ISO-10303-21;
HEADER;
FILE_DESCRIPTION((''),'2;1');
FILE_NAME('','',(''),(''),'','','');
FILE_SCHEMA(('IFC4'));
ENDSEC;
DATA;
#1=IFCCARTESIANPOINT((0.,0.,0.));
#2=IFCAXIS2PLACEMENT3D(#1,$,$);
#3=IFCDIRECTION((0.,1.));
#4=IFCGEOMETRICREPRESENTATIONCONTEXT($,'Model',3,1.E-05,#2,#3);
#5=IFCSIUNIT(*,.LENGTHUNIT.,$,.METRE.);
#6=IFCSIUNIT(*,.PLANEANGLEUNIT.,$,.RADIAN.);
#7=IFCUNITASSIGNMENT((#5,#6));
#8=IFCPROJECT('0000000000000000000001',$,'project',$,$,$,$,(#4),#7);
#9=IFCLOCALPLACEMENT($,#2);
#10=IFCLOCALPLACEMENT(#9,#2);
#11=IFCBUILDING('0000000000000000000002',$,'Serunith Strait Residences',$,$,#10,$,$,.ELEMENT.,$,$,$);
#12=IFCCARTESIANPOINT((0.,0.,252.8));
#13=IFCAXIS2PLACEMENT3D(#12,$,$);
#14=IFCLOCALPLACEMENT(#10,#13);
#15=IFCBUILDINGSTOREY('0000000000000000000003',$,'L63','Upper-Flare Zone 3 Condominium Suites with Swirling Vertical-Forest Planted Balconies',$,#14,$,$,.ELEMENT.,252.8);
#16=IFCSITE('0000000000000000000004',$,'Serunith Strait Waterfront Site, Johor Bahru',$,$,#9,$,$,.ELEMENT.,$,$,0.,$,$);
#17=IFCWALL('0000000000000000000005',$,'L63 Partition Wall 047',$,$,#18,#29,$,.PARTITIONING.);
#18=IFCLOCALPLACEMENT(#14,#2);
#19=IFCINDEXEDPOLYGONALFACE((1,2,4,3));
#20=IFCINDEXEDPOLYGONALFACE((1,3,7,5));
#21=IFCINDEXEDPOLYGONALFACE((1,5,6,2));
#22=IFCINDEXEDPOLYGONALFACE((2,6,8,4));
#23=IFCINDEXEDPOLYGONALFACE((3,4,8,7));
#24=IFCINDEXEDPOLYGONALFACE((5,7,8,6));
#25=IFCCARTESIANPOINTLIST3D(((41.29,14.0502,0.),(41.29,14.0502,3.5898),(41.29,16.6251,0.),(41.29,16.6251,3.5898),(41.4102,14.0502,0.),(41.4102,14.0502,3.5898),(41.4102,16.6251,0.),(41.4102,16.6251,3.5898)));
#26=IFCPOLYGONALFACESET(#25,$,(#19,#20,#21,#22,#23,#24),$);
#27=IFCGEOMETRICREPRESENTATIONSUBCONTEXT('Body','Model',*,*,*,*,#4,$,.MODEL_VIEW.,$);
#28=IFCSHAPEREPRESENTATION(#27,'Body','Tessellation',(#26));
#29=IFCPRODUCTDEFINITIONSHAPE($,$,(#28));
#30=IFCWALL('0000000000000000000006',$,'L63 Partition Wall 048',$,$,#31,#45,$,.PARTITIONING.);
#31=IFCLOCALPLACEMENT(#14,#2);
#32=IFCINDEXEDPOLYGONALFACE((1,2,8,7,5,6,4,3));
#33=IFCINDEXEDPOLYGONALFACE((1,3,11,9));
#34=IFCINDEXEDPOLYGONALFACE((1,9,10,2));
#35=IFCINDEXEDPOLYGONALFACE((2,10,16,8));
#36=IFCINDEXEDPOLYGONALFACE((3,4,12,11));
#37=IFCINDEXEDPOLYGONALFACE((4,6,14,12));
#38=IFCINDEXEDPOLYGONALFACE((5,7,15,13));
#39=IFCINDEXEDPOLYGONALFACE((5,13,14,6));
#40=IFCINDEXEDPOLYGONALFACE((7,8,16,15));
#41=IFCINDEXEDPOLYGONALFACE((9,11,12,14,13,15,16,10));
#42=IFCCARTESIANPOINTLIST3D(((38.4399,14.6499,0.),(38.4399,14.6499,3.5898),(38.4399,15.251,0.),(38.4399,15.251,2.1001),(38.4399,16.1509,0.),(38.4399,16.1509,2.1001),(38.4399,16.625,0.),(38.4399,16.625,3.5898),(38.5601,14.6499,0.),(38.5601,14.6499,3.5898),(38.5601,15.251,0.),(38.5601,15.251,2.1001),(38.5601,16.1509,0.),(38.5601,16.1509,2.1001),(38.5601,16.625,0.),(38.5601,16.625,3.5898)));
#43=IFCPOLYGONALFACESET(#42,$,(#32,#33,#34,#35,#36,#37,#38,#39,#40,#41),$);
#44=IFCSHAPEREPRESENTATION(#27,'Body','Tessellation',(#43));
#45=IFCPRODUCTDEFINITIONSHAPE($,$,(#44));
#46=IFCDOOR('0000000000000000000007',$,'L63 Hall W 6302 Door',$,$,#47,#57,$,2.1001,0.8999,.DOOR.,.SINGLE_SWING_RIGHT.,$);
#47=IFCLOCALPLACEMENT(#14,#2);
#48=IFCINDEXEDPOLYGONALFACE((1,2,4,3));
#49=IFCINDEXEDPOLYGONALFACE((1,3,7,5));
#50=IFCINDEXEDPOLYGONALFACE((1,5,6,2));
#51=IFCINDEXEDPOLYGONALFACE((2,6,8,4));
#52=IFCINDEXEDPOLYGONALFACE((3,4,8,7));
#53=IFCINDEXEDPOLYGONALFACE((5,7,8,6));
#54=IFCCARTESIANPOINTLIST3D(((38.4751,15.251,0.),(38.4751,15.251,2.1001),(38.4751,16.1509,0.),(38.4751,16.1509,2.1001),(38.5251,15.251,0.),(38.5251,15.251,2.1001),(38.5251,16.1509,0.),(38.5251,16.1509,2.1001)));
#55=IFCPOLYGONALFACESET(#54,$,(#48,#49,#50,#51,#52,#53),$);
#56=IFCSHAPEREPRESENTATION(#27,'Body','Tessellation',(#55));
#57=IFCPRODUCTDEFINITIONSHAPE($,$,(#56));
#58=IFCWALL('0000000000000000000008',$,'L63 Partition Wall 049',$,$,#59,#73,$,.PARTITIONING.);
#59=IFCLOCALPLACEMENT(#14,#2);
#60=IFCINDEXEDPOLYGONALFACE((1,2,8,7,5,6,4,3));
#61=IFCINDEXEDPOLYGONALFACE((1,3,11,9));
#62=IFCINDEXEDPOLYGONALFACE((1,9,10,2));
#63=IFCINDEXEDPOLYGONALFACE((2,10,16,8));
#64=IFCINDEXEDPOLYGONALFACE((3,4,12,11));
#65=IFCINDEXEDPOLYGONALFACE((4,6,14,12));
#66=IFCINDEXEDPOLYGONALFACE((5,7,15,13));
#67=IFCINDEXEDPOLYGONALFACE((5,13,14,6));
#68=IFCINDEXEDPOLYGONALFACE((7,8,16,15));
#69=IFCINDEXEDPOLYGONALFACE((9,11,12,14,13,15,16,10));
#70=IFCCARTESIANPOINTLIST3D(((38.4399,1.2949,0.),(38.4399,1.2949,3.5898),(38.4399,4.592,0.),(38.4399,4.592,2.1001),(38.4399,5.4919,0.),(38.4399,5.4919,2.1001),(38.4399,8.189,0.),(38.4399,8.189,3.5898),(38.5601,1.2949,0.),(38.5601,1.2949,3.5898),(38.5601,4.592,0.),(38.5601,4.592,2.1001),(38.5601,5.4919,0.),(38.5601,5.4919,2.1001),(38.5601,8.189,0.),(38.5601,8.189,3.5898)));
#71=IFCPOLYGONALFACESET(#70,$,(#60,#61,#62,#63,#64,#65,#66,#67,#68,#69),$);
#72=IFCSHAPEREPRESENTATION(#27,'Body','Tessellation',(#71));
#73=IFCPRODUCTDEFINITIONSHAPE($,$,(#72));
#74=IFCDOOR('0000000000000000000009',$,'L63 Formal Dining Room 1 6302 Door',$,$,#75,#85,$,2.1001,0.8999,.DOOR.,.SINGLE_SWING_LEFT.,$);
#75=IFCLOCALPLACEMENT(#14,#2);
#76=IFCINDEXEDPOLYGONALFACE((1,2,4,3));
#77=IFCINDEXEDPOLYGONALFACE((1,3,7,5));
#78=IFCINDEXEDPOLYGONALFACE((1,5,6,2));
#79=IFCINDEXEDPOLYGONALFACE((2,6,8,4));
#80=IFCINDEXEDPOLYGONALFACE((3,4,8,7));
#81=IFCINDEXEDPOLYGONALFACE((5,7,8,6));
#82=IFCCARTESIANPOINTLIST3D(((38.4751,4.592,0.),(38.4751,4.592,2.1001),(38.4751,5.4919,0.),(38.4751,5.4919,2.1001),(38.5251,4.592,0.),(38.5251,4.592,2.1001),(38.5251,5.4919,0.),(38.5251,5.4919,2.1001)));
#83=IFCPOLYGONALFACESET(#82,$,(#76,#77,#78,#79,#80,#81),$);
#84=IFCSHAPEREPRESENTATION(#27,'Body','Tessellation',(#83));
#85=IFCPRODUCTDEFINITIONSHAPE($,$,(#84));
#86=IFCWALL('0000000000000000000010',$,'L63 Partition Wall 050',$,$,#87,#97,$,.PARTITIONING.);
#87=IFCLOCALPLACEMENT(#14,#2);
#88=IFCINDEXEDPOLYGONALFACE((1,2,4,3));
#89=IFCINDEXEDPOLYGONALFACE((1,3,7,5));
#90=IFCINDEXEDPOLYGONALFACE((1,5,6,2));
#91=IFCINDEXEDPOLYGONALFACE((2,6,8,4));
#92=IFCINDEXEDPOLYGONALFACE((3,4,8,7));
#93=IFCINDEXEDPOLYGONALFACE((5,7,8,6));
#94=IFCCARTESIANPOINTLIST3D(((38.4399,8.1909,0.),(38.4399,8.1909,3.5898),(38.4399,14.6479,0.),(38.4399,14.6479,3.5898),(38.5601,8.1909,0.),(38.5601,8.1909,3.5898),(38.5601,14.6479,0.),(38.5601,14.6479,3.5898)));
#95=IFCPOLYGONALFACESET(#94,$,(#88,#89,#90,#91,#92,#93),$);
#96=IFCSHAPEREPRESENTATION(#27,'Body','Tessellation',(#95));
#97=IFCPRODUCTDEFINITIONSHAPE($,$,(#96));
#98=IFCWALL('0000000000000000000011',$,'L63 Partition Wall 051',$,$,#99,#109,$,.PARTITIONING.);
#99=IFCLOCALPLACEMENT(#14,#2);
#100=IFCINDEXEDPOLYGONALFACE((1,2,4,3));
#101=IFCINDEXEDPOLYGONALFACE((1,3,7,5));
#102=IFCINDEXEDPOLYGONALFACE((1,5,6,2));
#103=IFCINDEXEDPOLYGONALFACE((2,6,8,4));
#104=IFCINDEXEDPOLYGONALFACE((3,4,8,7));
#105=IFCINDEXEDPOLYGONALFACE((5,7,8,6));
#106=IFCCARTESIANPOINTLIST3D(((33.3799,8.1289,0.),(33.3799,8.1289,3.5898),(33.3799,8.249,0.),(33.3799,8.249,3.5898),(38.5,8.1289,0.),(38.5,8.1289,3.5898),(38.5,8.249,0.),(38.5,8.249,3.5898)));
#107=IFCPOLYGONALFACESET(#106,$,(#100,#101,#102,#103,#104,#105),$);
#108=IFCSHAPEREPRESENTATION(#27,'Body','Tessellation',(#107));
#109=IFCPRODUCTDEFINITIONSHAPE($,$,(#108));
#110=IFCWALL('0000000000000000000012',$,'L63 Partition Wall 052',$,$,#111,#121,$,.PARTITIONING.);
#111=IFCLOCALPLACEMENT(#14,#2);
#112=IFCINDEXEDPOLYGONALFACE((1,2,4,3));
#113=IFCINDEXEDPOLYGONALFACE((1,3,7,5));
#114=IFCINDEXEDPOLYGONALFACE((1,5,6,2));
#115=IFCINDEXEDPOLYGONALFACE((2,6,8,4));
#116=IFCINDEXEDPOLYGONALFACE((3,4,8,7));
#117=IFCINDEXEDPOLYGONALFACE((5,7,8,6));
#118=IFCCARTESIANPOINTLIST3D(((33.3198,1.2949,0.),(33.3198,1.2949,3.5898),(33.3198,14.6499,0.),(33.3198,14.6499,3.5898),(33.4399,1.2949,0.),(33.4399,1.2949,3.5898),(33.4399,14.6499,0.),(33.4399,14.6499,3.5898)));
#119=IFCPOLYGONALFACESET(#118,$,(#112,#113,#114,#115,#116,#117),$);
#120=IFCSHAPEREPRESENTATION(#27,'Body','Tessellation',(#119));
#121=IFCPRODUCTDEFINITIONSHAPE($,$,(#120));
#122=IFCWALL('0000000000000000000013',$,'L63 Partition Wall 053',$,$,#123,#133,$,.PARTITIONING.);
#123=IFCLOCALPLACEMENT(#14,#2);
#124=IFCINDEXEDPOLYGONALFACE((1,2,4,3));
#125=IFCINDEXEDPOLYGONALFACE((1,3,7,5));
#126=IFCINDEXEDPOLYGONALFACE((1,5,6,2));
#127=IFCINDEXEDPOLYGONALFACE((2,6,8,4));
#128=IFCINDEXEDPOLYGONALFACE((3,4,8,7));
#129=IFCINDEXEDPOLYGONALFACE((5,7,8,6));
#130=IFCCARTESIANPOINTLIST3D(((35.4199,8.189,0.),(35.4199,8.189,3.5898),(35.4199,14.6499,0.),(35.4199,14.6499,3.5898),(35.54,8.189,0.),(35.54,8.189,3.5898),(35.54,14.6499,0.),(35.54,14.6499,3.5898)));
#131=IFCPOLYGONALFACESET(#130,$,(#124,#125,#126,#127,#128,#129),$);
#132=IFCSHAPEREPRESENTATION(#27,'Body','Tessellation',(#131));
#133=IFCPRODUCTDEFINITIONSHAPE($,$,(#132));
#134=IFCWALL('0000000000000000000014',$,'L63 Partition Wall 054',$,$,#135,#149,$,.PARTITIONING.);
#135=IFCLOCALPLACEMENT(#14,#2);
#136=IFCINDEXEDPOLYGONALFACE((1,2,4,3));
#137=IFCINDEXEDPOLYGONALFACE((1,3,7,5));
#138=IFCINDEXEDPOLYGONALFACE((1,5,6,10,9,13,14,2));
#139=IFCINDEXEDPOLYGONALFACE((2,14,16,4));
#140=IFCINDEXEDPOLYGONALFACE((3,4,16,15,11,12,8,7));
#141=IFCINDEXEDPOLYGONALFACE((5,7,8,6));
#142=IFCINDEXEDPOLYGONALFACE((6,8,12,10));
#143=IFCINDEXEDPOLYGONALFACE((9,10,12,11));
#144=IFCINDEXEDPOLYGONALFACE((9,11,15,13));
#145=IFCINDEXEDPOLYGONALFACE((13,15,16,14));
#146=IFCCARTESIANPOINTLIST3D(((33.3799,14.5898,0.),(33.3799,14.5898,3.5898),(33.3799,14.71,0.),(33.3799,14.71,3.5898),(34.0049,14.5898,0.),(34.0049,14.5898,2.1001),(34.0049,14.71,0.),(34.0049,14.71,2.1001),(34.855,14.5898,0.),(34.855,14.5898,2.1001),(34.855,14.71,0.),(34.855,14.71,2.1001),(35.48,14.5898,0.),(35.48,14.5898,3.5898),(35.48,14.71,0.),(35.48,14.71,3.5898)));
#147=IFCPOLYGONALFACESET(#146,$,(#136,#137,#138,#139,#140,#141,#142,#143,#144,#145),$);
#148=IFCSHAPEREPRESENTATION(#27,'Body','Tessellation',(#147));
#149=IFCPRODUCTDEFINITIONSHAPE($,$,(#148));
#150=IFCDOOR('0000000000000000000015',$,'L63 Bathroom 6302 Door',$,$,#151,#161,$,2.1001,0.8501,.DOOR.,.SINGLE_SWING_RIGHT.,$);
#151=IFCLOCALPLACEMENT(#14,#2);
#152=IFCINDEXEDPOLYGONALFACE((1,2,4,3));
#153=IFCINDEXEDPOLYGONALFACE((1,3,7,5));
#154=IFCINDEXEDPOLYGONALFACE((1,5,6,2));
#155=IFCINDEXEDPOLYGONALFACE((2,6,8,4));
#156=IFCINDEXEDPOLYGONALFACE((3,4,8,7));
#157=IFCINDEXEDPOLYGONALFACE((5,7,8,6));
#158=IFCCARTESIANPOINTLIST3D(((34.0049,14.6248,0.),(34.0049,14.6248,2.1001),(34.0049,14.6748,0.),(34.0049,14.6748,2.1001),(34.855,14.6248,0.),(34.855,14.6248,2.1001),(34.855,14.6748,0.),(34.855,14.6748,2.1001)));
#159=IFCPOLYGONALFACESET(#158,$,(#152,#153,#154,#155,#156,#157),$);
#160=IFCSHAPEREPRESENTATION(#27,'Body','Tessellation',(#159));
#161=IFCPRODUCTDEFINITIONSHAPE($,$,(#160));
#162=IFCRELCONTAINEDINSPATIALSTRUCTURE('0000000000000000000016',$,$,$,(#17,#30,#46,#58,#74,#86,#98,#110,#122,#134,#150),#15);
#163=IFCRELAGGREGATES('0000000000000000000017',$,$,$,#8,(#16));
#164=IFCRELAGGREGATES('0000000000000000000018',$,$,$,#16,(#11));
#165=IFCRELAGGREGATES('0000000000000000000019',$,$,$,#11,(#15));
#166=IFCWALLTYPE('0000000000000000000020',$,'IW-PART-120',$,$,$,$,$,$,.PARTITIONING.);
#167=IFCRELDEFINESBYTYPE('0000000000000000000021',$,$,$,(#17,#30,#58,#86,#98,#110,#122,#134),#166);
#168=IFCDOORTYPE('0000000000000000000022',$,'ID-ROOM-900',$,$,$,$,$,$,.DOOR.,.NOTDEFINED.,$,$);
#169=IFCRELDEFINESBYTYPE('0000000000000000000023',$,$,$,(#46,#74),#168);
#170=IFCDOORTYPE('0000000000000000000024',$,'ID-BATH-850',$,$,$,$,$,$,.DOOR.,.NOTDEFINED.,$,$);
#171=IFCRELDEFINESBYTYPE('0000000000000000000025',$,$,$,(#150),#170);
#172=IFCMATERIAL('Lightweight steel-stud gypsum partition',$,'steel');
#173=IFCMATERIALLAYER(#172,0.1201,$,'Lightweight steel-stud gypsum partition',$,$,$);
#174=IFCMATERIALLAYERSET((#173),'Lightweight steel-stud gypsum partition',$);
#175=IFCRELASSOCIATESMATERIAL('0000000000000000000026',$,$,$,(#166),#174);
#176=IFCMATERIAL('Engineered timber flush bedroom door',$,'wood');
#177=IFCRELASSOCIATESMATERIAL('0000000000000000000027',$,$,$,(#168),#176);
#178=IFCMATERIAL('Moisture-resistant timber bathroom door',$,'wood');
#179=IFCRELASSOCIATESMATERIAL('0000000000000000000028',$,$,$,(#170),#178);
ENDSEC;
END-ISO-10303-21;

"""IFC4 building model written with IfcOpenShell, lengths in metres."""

from ifc_helpers import new_model, si_unit, direction, frame, frame_2d, origin, place, context, subcontext, project, spatial, rectangle, extrude, source, transform, mapped, material, layer, layer_set, type_object, element, fill, save


model = new_model("IFC4")

# Units and contexts
model_context = context("Model", 3, precision=1e-05, world=origin(), true_north=direction((0.0, 1.0)))
body_context = subcontext(model_context, "Body", "Model", "MODEL_VIEW")
ifc_project = project(units=[si_unit("LENGTHUNIT", "METRE"), si_unit("PLANEANGLEUNIT", "RADIAN")], contexts=[model_context])

# Site, building, storey
site_placement = place(None, origin())
site = spatial("IfcSite", under=ifc_project, at=site_placement, Name="Serunith Strait Waterfront Site, Johor Bahru", CompositionType="ELEMENT", RefElevation=0.0)
building_placement = place(site_placement, origin())
building = spatial("IfcBuilding", under=site, at=building_placement, Name="Serunith Strait Residences", CompositionType="ELEMENT")
storey_placement = place(building_placement, frame((0.0, 0.0, 252.8)))
storey = spatial("IfcBuildingStorey", under=building, at=storey_placement, Name="L63", Description="Upper-Flare Zone 3 Condominium Suites with Swirling Vertical-Forest Planted Balconies", CompositionType="ELEMENT", Elevation=252.8)

# Shared definitions
ifc_material_1 = material(Name="Lightweight steel-stud gypsum partition", Category="steel")
ifc_layer_1 = layer(ifc_material_1, 0.1201, Name="Lightweight steel-stud gypsum partition")
ifc_layer_set_1 = layer_set([ifc_layer_1], Name="Lightweight steel-stud gypsum partition")
wall_type = type_object("IfcWallType", Name="IW-PART-120", PredefinedType="PARTITIONING", material=ifc_layer_set_1)
shared_shape_1 = source(origin(), body_context, "Body", "SweptSolid", [
    extrude(rectangle(XDim=0.8501, YDim=2.1001, at=frame_2d((0.425, 1.05))), frame((0.0, 0.0249, 0.0), z_axis=(0.0, -1.0, 0.0), x_axis=(1.0, 0.0, 0.0)), (0.0, 0.0, 1.0), 0.05),
])

# Wall
wall_1_placement = place(storey_placement, frame((41.3501, 14.05, 0.0), z_axis=(0.0, 0.0, 1.0), x_axis=(0.0, 1.0, 0.0)))
element("IfcWall", 1, at=wall_1_placement, inside=storey, type_object=wall_type, Name="L63 Partition Wall 047", PredefinedType="PARTITIONING", context=body_context, shape_type="SweptSolid", body=[
    extrude(rectangle(XDim=2.575, YDim=0.1201, at=frame_2d((1.2876, 0.0))), origin(), (0.0, 0.0, 1.0), 3.5898),
])

# Walls, openings, doors
wall_2_placement = place(storey_placement, frame((38.5, 14.6499, 0.0), z_axis=(0.0, 0.0, 1.0), x_axis=(0.0, 1.0, 0.0)))
wall_2 = element("IfcWall", 2, at=wall_2_placement, inside=storey, type_object=wall_type, Name="L63 Partition Wall 048", PredefinedType="PARTITIONING", context=body_context, shape_type="SweptSolid", body=[
    extrude(rectangle(XDim=1.9751, YDim=0.1201, at=frame_2d((0.9875, 0.0))), origin(), (0.0, 0.0, 1.0), 3.5898),
])
opening_1_placement = place(wall_2_placement, frame((0.6011, 0.0, 0.0)))
opening_1 = element("IfcOpeningElement", 3, at=opening_1_placement, cuts=wall_2, PredefinedType="OPENING", context=body_context, shape_type="SweptSolid", body=[
    extrude(rectangle(XDim=0.8999, YDim=2.1001, at=frame_2d((0.45, 1.05))), frame((0.0, 0.0701, 0.0), z_axis=(0.0, -1.0, 0.0), x_axis=(1.0, 0.0, 0.0)), (0.0, 0.0, 1.0), 0.1401),
])
ifc_material_2 = material(Name="Engineered timber flush bedroom door", Category="wood")
door_type_1 = type_object("IfcDoorType", Name="ID-ROOM-900", OperationType="NOTDEFINED", PredefinedType="DOOR", material=ifc_material_2)
shared_shape_2 = source(origin(), body_context, "Body", "SweptSolid", [
    extrude(rectangle(XDim=0.8999, YDim=2.1001, at=frame_2d((0.45, 1.05))), frame((0.0, 0.0249, 0.0), z_axis=(0.0, -1.0, 0.0), x_axis=(1.0, 0.0, 0.0)), (0.0, 0.0, 1.0), 0.05),
])
door_1_placement = place(opening_1_placement, origin())
door_1 = element("IfcDoor", 4, at=door_1_placement, inside=storey, type_object=door_type_1, Name="L63 Hall W 6302 Door", OperationType="SINGLE_SWING_RIGHT", OverallHeight=2.1001, OverallWidth=0.8999, PredefinedType="DOOR", context=body_context, shape_type="MappedRepresentation", body=[
    mapped(shared_shape_2, transform((0.0, 0.0, 0.0), scale=1.0)),
])
fill(opening_1, door_1)
wall_3_placement = place(storey_placement, frame((38.5, 1.2949, 0.0), z_axis=(0.0, 0.0, 1.0), x_axis=(0.0, 1.0, 0.0)))
wall_3 = element("IfcWall", 5, at=wall_3_placement, inside=storey, type_object=wall_type, Name="L63 Partition Wall 049", PredefinedType="PARTITIONING", context=body_context, shape_type="SweptSolid", body=[
    extrude(rectangle(XDim=6.894, YDim=0.1201, at=frame_2d((3.447, 0.0))), origin(), (0.0, 0.0, 1.0), 3.5898),
])
opening_2_placement = place(wall_3_placement, frame((3.2971, 0.0, 0.0)))
opening_2 = element("IfcOpeningElement", 6, at=opening_2_placement, cuts=wall_3, PredefinedType="OPENING", context=body_context, shape_type="SweptSolid", body=[
    extrude(rectangle(XDim=0.8999, YDim=2.1001, at=frame_2d((0.45, 1.05))), frame((0.0, 0.0701, 0.0), z_axis=(0.0, -1.0, 0.0), x_axis=(1.0, 0.0, 0.0)), (0.0, 0.0, 1.0), 0.1401),
])
door_2_placement = place(opening_2_placement, origin())
door_2 = element("IfcDoor", 7, at=door_2_placement, inside=storey, type_object=door_type_1, Name="L63 Formal Dining Room 1 6302 Door", OperationType="SINGLE_SWING_LEFT", OverallHeight=2.1001, OverallWidth=0.8999, PredefinedType="DOOR", context=body_context, shape_type="MappedRepresentation", body=[
    mapped(shared_shape_2, transform((0.0, 0.0, 0.0), scale=1.0)),
])
fill(opening_2, door_2)

# Walls
wall_4_placement = place(storey_placement, frame((38.5, 8.1909, 0.0), z_axis=(0.0, 0.0, 1.0), x_axis=(0.0, 1.0, 0.0)))
element("IfcWall", 8, at=wall_4_placement, inside=storey, type_object=wall_type, Name="L63 Partition Wall 050", PredefinedType="PARTITIONING", context=body_context, shape_type="SweptSolid", body=[
    extrude(rectangle(XDim=6.457, YDim=0.1201, at=frame_2d((3.2285, 0.0))), origin(), (0.0, 0.0, 1.0), 3.5898),
])
wall_5_placement = place(storey_placement, frame((33.3799, 8.189, 0.0), z_axis=(0.0, 0.0, 1.0), x_axis=(1.0, 0.0, 0.0)))
element("IfcWall", 9, at=wall_5_placement, inside=storey, type_object=wall_type, Name="L63 Partition Wall 051", PredefinedType="PARTITIONING", context=body_context, shape_type="SweptSolid", body=[
    extrude(rectangle(XDim=5.1201, YDim=0.1201, at=frame_2d((2.5601, 0.0))), origin(), (0.0, 0.0, 1.0), 3.5898),
])
wall_6_placement = place(storey_placement, frame((33.3799, 1.2949, 0.0), z_axis=(0.0, 0.0, 1.0), x_axis=(0.0, 1.0, 0.0)))
element("IfcWall", 10, at=wall_6_placement, inside=storey, type_object=wall_type, Name="L63 Partition Wall 052", PredefinedType="PARTITIONING", context=body_context, shape_type="SweptSolid", body=[
    extrude(rectangle(XDim=13.355, YDim=0.1201, at=frame_2d((6.6775, 0.0))), origin(), (0.0, 0.0, 1.0), 3.5898),
])
wall_7_placement = place(storey_placement, frame((35.48, 8.189, 0.0), z_axis=(0.0, 0.0, 1.0), x_axis=(0.0, 1.0, 0.0)))
element("IfcWall", 11, at=wall_7_placement, inside=storey, type_object=wall_type, Name="L63 Partition Wall 053", PredefinedType="PARTITIONING", context=body_context, shape_type="SweptSolid", body=[
    extrude(rectangle(XDim=6.4609, YDim=0.1201, at=frame_2d((3.2305, 0.0))), origin(), (0.0, 0.0, 1.0), 3.5898),
])

# Wall, opening, door
wall_8_placement = place(storey_placement, frame((33.3799, 14.6499, 0.0), z_axis=(0.0, 0.0, 1.0), x_axis=(1.0, 0.0, 0.0)))
wall_8 = element("IfcWall", 12, at=wall_8_placement, inside=storey, type_object=wall_type, Name="L63 Partition Wall 054", PredefinedType="PARTITIONING", context=body_context, shape_type="SweptSolid", body=[
    extrude(rectangle(XDim=2.1001, YDim=0.1201, at=frame_2d((1.05, 0.0))), origin(), (0.0, 0.0, 1.0), 3.5898),
])
opening_3_placement = place(wall_8_placement, frame((0.625, 0.0, 0.0)))
opening_3 = element("IfcOpeningElement", 13, at=opening_3_placement, cuts=wall_8, PredefinedType="OPENING", context=body_context, shape_type="SweptSolid", body=[
    extrude(rectangle(XDim=0.8501, YDim=2.1001, at=frame_2d((0.425, 1.05))), frame((0.0, 0.0701, 0.0), z_axis=(0.0, -1.0, 0.0), x_axis=(1.0, 0.0, 0.0)), (0.0, 0.0, 1.0), 0.1401),
])
ifc_material_3 = material(Name="Moisture-resistant timber bathroom door", Category="wood")
door_type_2 = type_object("IfcDoorType", Name="ID-BATH-850", OperationType="NOTDEFINED", PredefinedType="DOOR", material=ifc_material_3)
door_3_placement = place(opening_3_placement, origin())
door_3 = element("IfcDoor", 14, at=door_3_placement, inside=storey, type_object=door_type_2, Name="L63 Bathroom 6302 Door", OperationType="SINGLE_SWING_RIGHT", OverallHeight=2.1001, OverallWidth=0.8501, PredefinedType="DOOR", context=body_context, shape_type="MappedRepresentation", body=[
    mapped(shared_shape_1, transform((0.0, 0.0, 0.0), scale=1.0)),
])
fill(opening_3, door_3)

save(model, "model.ifc")
